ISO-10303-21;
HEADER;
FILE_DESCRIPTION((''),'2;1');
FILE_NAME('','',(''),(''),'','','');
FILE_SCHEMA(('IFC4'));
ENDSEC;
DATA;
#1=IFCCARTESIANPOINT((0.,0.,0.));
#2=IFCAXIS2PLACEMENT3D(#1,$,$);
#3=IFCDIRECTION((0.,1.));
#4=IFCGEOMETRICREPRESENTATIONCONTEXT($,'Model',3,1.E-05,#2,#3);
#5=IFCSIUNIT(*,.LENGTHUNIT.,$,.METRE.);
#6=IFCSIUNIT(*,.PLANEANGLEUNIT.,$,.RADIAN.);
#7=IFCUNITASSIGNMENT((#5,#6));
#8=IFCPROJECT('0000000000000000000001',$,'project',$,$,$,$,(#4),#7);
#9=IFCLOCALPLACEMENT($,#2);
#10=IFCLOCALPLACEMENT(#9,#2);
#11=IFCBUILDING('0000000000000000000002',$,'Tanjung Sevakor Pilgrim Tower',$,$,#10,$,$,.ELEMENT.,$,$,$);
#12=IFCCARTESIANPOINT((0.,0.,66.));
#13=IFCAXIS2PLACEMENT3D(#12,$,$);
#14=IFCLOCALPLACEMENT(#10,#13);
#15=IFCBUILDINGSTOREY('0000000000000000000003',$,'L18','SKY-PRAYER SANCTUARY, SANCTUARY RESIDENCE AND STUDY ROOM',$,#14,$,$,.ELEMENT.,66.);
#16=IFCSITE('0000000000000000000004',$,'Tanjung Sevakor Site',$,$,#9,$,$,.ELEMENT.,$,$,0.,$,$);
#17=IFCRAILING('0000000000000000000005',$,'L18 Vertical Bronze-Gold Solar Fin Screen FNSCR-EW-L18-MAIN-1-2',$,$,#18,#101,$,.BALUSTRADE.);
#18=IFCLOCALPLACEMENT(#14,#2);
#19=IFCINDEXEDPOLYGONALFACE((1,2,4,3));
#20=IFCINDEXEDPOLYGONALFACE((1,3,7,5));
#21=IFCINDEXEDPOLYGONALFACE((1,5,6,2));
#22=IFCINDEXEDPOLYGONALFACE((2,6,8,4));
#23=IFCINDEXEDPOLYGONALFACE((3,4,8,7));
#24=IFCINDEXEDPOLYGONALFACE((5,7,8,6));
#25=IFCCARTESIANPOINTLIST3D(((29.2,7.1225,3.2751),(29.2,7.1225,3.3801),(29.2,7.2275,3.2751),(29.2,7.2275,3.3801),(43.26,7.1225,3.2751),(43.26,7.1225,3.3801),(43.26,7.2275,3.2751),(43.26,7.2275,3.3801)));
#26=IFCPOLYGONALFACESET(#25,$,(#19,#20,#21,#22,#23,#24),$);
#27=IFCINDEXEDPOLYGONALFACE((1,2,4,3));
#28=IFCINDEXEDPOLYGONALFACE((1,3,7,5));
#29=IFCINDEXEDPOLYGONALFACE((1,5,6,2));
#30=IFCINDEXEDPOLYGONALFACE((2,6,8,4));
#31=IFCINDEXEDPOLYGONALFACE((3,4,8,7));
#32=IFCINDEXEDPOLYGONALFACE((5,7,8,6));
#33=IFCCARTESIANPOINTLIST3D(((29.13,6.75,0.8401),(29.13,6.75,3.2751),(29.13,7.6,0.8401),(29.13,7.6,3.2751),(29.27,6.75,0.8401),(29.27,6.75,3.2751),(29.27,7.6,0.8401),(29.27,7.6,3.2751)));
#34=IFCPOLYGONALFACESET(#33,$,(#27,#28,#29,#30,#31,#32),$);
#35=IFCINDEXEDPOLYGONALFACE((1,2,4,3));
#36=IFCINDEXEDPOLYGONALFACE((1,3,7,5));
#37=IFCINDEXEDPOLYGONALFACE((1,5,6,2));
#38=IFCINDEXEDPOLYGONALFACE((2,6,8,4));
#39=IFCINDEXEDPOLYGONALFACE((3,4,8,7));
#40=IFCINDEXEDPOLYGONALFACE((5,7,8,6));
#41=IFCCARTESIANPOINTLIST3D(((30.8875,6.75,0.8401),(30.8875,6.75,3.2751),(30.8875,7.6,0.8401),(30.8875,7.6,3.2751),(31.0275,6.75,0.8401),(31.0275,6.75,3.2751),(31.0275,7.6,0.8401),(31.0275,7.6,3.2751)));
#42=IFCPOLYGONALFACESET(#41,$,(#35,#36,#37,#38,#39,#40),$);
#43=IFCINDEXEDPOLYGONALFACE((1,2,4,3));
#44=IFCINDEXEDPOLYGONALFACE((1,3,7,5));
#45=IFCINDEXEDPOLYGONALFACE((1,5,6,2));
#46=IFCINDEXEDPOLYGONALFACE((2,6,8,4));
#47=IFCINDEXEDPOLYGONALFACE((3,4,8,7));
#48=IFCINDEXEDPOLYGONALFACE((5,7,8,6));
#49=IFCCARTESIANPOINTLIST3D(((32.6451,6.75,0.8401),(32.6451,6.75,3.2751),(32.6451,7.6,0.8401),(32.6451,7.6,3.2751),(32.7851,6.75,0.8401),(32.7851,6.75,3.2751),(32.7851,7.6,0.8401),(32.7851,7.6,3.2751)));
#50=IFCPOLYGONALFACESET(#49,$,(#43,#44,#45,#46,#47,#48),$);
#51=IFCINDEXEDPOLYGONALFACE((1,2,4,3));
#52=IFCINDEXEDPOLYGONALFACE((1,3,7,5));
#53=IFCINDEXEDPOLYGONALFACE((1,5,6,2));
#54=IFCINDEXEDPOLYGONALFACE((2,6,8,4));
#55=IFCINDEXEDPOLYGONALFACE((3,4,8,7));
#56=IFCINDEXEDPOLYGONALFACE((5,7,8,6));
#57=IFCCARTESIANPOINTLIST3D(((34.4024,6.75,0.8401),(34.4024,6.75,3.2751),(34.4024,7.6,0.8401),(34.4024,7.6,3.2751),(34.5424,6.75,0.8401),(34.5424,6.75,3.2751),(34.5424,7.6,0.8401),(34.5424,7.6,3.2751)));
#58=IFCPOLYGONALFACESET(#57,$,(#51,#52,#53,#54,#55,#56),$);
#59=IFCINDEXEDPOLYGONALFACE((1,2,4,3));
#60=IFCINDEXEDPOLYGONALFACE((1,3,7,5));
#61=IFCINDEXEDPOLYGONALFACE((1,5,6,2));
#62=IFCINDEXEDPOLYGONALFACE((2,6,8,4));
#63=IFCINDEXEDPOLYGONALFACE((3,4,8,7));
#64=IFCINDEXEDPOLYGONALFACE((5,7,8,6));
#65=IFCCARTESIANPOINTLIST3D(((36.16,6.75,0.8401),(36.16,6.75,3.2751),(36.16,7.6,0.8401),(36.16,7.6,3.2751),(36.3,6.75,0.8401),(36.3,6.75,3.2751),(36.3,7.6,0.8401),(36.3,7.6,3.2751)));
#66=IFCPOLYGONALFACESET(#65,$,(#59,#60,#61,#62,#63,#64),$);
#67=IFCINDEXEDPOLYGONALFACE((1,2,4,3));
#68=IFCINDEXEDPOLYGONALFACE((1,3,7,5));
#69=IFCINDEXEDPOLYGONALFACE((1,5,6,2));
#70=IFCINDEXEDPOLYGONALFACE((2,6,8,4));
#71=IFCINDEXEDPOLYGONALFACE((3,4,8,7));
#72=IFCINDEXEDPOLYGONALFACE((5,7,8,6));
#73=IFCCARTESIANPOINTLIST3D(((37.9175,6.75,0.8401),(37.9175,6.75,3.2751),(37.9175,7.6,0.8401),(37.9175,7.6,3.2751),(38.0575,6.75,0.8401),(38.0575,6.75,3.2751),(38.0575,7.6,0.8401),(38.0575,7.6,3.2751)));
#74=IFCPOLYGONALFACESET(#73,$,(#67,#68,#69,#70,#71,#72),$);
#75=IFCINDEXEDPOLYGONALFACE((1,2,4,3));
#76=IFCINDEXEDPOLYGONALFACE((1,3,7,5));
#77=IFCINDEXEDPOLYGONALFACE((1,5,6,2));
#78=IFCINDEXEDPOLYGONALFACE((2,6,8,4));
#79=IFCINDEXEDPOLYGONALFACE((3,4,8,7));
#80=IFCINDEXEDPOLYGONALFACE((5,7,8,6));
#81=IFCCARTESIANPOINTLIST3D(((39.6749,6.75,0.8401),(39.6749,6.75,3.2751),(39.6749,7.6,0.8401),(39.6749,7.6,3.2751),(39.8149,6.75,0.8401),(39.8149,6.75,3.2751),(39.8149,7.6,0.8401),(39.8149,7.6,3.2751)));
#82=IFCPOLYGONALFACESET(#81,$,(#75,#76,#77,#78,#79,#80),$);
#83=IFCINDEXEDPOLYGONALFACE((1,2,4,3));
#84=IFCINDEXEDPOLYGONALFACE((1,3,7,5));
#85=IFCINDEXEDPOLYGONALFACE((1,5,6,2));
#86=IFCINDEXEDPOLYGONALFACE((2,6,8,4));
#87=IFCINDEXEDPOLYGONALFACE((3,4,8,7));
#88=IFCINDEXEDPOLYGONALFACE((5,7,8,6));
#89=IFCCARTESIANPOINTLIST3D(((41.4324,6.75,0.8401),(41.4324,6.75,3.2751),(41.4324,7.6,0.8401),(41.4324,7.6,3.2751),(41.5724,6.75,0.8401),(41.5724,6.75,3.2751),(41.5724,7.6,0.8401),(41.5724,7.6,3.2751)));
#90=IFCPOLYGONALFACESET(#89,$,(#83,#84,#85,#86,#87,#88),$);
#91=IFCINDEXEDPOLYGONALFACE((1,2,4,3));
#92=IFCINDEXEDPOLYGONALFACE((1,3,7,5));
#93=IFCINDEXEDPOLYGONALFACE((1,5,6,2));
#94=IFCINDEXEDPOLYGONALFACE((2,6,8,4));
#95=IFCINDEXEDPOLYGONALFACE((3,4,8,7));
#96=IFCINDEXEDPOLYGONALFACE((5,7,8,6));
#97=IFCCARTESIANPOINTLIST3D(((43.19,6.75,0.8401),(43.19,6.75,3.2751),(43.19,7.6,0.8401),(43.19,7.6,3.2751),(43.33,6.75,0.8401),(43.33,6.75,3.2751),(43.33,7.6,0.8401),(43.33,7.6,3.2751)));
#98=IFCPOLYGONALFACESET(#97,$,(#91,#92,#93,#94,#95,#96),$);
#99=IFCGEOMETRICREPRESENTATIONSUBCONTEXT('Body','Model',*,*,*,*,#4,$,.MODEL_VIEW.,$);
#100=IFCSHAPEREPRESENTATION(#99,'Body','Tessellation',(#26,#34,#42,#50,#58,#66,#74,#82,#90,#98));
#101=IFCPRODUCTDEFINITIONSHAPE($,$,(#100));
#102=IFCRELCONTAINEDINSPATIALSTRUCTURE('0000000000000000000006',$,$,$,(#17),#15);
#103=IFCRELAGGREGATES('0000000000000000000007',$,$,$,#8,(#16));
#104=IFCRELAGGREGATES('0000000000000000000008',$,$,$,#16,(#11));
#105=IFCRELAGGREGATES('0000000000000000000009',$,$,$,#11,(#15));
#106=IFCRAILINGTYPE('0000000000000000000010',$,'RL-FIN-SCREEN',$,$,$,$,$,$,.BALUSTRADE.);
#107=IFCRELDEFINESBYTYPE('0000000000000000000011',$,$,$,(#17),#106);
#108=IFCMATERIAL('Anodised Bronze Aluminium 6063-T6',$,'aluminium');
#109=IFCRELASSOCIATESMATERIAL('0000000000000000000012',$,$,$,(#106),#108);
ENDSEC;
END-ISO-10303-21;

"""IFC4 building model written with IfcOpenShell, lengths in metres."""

from ifc_helpers import new_model, si_unit, direction, frame, origin, place, context, subcontext, project, spatial, rectangle, extrude, material, type_object, element, save


model = new_model("IFC4")

# Units and contexts
model_context = context("Model", 3, precision=1e-05, world=origin(), true_north=direction((0.0, 1.0)))
body_context = subcontext(model_context, "Body", "Model", "MODEL_VIEW")
ifc_project = project(units=[si_unit("LENGTHUNIT", "METRE"), si_unit("PLANEANGLEUNIT", "RADIAN")], contexts=[model_context])

# Site, building, storey
site_placement = place(None, origin())
site = spatial("IfcSite", under=ifc_project, at=site_placement, Name="Tanjung Sevakor Site", CompositionType="ELEMENT", RefElevation=0.0)
building_placement = place(site_placement, origin())
building = spatial("IfcBuilding", under=site, at=building_placement, Name="Tanjung Sevakor Pilgrim Tower", CompositionType="ELEMENT")
storey_placement = place(building_placement, frame((0.0, 0.0, 66.0)))
storey = spatial("IfcBuildingStorey", under=building, at=storey_placement, Name="L18", Description="SKY-PRAYER SANCTUARY, SANCTUARY RESIDENCE AND STUDY ROOM", CompositionType="ELEMENT", Elevation=66.0)

# Railing
ifc_material_1 = material(Name="Anodised Bronze Aluminium 6063-T6", Category="aluminium")
railing_type = type_object("IfcRailingType", Name="RL-FIN-SCREEN", PredefinedType="BALUSTRADE", material=ifc_material_1)
railing_placement = place(storey_placement, frame((29.2, 7.175, 0.8401)))
element("IfcRailing", 1, at=railing_placement, inside=storey, type_object=railing_type, Name="L18 Vertical Bronze-Gold Solar Fin Screen FNSCR-EW-L18-MAIN-1-2", PredefinedType="BALUSTRADE", context=body_context, shape_type="SweptSolid", body=[
    extrude(rectangle(XDim=0.105, YDim=0.105), frame((0.0, 0.0, 2.4875), z_axis=(1.0, 0.0, 0.0), x_axis=(0.0, 1.0, 0.0)), (0.0, 0.0, 1.0), 14.0601),
    extrude(rectangle(XDim=0.14, YDim=0.85), origin(), (0.0, 0.0, 1.0), 2.4351),
    extrude(rectangle(XDim=0.14, YDim=0.85), frame((1.7576, 0.0, 0.0)), (0.0, 0.0, 1.0), 2.4351),
    extrude(rectangle(XDim=0.14, YDim=0.85), frame((3.5151, 0.0, 0.0)), (0.0, 0.0, 1.0), 2.4351),
    extrude(rectangle(XDim=0.14, YDim=0.85), frame((5.2725, 0.0, 0.0)), (0.0, 0.0, 1.0), 2.4351),
    extrude(rectangle(XDim=0.14, YDim=0.85), frame((7.03, 0.0, 0.0)), (0.0, 0.0, 1.0), 2.4351),
    extrude(rectangle(XDim=0.14, YDim=0.85), frame((8.7876, 0.0, 0.0)), (0.0, 0.0, 1.0), 2.4351),
    extrude(rectangle(XDim=0.14, YDim=0.85), frame((10.5449, 0.0, 0.0)), (0.0, 0.0, 1.0), 2.4351),
    extrude(rectangle(XDim=0.14, YDim=0.85), frame((12.3025, 0.0, 0.0)), (0.0, 0.0, 1.0), 2.4351),
    extrude(rectangle(XDim=0.14, YDim=0.85), frame((14.0601, 0.0, 0.0)), (0.0, 0.0, 1.0), 2.4351),
])

save(model, "model.ifc")
